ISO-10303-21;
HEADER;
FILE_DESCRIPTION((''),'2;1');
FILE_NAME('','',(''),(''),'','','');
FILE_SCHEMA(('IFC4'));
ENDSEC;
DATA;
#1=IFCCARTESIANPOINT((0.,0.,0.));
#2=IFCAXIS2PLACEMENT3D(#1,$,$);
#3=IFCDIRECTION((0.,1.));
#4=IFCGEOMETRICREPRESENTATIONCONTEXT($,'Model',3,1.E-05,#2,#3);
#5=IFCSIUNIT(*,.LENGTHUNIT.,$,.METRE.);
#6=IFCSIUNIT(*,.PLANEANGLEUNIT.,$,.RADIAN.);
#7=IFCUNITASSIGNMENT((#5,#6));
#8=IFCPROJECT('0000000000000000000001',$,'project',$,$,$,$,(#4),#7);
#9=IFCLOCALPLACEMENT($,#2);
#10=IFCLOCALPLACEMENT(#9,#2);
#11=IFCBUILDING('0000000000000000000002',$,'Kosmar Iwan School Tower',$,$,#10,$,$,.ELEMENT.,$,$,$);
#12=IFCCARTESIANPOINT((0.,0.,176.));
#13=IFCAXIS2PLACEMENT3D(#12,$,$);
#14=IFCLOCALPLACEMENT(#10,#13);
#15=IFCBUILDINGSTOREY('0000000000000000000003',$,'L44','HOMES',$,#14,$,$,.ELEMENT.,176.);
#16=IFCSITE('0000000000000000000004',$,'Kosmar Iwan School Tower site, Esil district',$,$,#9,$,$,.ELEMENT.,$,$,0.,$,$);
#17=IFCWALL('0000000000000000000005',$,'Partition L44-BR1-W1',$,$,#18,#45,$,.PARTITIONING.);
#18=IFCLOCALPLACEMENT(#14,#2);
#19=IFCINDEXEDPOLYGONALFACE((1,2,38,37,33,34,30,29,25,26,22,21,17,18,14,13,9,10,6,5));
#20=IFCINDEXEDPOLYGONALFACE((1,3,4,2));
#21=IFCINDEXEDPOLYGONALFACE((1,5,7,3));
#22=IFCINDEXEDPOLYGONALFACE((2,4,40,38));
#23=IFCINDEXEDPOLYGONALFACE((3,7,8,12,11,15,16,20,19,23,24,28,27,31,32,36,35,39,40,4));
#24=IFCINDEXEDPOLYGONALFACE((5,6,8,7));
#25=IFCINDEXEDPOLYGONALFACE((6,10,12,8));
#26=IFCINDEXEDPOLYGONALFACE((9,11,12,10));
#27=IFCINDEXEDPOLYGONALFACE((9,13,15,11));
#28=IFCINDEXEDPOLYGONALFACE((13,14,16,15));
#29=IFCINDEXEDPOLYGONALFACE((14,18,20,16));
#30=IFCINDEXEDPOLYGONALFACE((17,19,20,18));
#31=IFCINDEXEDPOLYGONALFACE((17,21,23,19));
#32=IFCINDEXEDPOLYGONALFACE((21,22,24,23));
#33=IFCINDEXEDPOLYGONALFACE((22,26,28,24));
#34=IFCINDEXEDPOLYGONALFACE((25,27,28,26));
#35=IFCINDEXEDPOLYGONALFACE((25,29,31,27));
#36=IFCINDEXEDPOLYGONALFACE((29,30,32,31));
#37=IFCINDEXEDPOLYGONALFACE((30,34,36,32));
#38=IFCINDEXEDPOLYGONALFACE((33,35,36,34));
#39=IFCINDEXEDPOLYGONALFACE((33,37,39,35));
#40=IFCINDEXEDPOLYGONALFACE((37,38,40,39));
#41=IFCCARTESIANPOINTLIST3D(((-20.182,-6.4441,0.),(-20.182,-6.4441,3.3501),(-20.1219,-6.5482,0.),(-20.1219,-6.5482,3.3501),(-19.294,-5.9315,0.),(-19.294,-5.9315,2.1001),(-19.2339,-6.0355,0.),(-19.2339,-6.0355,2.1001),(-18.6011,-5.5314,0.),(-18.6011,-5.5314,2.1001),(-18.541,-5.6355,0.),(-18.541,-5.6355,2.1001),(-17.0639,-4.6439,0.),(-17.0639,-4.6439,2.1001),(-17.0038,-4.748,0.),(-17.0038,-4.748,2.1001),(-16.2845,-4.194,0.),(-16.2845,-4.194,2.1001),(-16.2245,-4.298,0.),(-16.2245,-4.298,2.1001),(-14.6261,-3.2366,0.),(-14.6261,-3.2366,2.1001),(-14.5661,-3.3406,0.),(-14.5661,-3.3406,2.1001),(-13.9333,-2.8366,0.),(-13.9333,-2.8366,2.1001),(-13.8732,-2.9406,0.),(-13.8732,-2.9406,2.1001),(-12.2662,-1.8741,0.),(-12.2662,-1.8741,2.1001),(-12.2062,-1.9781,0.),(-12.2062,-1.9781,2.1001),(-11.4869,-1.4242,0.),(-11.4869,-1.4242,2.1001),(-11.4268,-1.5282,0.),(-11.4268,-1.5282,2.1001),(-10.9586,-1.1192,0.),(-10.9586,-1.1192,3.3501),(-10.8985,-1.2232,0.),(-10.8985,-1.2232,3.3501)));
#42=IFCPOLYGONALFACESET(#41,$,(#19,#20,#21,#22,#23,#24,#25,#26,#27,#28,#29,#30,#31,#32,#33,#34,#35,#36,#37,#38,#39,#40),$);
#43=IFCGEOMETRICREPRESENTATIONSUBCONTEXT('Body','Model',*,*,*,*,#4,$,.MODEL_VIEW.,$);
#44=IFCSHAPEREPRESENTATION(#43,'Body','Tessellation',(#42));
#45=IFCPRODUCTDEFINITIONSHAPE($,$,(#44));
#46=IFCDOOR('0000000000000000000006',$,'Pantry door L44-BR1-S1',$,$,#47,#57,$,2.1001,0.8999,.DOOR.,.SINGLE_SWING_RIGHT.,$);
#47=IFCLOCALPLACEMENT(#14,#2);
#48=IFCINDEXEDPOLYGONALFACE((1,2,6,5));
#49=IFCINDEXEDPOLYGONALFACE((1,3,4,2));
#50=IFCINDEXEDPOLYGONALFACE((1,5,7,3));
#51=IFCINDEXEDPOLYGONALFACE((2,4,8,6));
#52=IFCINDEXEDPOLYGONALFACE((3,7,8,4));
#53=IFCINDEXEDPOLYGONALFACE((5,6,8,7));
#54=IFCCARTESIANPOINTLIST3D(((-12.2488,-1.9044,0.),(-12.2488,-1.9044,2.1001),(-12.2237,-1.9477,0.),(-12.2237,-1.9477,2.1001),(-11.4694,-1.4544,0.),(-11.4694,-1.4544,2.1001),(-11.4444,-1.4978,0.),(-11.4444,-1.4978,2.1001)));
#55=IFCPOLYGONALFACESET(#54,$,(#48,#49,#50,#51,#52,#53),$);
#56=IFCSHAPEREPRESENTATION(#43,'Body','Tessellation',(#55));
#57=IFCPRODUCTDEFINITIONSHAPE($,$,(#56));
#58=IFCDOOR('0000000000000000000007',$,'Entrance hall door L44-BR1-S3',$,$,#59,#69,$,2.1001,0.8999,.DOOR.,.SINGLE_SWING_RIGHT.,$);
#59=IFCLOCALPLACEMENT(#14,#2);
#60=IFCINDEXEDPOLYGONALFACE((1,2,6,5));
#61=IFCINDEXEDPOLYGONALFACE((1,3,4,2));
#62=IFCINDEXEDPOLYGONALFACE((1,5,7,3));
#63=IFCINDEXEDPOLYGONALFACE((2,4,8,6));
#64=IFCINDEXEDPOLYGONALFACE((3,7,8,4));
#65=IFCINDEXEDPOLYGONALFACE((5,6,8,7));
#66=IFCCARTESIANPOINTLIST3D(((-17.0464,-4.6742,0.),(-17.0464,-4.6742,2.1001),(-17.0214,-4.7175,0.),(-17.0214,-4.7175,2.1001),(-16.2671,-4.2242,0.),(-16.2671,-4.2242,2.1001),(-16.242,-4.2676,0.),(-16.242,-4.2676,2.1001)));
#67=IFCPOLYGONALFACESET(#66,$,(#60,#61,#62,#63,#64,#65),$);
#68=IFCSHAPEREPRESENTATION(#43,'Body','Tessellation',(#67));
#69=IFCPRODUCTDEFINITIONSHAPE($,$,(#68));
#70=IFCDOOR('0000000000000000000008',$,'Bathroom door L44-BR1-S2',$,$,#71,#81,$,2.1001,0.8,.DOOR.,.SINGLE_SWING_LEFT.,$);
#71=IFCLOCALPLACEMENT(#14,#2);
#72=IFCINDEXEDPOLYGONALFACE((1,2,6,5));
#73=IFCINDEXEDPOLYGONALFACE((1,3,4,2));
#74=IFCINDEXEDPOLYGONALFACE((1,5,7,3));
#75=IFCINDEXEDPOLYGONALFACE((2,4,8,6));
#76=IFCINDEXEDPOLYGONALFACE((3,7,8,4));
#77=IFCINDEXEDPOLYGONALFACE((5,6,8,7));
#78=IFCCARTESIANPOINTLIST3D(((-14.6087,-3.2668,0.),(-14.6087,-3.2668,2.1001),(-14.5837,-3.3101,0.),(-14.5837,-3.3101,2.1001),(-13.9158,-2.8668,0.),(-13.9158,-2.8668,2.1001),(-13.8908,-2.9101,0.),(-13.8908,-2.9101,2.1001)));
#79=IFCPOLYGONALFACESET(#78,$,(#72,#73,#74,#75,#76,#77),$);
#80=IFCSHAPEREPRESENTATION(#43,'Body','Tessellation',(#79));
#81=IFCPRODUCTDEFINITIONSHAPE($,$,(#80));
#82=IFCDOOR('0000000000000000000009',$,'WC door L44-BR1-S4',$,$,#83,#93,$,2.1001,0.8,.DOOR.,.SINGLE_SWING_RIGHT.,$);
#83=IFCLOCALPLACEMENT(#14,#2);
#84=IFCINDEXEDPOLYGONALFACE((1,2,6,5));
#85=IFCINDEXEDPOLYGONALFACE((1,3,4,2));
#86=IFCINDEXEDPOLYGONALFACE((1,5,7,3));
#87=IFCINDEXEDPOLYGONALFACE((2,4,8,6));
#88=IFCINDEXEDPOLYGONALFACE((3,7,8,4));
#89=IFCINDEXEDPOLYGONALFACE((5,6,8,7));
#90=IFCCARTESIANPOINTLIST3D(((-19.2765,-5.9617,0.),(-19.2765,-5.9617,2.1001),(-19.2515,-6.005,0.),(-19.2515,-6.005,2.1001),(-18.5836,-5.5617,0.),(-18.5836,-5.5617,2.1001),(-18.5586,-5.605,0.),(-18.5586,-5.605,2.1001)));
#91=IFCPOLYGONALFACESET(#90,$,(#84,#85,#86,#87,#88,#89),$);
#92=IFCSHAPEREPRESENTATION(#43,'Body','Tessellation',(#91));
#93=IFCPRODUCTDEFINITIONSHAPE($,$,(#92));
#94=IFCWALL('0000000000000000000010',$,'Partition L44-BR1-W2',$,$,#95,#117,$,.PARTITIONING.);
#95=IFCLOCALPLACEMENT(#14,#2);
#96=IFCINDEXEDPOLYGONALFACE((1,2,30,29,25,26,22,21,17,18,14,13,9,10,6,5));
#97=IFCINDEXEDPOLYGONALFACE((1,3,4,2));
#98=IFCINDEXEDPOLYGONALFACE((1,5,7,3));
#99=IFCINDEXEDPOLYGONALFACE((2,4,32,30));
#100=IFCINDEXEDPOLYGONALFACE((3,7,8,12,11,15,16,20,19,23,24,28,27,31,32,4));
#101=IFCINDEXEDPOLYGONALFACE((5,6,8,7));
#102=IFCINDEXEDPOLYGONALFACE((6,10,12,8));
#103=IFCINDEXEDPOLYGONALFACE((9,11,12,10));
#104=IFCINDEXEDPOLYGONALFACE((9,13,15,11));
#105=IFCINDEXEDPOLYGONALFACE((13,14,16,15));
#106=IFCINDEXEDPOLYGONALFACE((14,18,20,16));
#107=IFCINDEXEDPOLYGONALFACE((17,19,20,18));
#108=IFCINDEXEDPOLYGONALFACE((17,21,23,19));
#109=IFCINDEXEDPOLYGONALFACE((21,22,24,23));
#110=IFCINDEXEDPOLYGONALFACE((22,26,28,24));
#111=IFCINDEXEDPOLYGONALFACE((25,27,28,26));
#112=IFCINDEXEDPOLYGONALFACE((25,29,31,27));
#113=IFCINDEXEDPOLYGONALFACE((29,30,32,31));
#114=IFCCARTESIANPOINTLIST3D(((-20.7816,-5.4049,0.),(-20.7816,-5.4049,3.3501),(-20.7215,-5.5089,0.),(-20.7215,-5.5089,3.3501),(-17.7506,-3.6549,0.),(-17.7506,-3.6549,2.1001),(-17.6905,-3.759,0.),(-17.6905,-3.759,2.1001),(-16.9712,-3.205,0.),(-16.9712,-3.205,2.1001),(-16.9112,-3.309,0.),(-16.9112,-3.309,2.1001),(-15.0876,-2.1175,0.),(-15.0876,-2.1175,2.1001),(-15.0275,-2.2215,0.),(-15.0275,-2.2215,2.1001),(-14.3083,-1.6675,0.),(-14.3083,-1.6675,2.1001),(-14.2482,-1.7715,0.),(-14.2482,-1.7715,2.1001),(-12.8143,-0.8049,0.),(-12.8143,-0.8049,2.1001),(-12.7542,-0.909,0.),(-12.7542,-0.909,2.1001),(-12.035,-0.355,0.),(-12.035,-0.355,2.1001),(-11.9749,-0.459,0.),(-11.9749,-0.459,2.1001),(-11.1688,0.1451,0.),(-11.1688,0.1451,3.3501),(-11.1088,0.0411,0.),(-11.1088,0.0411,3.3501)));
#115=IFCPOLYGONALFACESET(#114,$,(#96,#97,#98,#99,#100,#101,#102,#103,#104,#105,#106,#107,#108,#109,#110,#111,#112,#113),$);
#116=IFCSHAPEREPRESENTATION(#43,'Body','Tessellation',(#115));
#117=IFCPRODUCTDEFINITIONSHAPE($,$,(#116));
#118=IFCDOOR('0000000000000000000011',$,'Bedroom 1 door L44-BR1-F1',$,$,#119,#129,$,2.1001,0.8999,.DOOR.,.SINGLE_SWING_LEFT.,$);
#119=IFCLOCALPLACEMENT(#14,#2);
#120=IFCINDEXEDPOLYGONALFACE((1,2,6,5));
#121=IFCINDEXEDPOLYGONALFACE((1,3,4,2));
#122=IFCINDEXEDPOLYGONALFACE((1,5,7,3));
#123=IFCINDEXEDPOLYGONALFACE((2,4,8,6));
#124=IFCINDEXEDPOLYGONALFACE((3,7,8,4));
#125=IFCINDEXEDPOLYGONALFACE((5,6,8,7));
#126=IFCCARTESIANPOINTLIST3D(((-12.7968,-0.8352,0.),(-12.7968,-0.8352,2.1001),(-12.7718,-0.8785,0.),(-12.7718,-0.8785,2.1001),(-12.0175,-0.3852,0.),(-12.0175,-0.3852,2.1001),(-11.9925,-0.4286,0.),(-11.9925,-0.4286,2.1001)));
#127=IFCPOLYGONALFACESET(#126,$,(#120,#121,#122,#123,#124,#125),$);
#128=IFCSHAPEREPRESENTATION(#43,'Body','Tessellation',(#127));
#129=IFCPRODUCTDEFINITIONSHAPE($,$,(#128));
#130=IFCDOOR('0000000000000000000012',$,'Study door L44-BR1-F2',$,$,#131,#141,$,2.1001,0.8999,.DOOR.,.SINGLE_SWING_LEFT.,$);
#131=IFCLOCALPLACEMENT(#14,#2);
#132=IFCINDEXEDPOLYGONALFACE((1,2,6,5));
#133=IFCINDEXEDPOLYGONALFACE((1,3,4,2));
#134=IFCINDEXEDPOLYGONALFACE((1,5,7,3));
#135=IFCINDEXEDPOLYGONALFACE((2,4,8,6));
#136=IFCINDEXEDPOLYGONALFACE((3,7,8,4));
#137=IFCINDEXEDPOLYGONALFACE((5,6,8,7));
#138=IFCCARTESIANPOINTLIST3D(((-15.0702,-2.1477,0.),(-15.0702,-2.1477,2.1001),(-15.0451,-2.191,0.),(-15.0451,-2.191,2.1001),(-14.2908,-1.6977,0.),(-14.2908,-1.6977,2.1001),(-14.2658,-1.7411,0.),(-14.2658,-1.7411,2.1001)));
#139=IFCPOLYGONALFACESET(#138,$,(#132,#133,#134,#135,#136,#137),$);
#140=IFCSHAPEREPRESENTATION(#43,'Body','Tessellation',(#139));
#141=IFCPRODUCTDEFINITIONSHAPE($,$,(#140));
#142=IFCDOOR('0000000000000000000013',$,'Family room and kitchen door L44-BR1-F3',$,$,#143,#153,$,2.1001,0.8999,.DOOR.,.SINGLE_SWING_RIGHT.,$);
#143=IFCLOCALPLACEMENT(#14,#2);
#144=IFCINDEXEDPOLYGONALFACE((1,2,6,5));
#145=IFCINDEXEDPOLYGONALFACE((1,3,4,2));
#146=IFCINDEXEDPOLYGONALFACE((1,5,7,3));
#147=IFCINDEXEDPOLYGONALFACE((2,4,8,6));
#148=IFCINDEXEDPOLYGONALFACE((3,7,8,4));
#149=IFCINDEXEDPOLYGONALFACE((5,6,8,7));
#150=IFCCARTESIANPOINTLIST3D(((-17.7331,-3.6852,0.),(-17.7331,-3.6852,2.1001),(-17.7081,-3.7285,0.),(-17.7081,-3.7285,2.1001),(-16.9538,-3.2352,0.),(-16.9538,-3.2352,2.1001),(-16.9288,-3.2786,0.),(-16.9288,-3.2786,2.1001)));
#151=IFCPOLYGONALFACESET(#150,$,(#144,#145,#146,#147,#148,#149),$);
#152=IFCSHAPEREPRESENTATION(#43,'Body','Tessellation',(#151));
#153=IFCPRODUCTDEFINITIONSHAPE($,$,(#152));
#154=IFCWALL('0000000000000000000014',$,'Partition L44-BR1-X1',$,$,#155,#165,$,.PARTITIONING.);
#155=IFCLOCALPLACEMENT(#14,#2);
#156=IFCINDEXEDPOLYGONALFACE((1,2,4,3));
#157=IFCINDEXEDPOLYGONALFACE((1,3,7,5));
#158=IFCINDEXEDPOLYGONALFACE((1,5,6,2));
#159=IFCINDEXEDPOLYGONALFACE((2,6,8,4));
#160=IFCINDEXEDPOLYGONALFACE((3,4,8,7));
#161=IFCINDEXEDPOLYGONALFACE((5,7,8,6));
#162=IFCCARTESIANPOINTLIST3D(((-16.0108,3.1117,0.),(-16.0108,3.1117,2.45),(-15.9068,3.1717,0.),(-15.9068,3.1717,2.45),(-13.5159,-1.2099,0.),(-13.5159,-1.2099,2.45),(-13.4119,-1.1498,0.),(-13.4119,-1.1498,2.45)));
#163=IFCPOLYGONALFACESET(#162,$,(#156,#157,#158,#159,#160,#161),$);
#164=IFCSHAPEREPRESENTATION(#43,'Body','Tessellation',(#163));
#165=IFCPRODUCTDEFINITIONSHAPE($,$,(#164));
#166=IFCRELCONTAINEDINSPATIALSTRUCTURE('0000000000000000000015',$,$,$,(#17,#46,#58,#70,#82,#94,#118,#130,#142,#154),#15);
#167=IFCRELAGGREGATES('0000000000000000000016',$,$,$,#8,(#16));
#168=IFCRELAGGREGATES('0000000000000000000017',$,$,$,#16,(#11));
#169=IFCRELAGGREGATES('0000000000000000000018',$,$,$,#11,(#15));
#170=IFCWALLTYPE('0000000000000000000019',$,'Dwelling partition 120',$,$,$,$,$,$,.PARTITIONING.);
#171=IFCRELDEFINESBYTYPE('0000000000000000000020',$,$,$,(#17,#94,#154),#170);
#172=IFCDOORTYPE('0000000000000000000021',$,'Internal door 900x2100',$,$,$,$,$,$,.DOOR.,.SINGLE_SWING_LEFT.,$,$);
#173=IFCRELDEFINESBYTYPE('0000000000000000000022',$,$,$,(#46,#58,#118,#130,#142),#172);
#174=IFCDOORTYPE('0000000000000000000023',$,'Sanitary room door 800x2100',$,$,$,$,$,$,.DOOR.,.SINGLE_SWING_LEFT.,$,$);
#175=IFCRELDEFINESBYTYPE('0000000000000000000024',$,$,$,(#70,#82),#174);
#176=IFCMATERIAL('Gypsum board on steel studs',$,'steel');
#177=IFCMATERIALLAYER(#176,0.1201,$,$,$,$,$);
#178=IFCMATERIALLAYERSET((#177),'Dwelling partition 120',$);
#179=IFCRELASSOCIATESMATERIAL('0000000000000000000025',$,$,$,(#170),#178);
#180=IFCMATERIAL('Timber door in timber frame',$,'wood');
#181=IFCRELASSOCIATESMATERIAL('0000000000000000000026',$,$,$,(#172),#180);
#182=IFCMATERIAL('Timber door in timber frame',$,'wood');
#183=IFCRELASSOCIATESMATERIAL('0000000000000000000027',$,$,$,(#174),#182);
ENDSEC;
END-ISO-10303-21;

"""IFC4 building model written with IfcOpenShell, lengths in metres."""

from ifc_helpers import new_model, si_unit, direction, frame, frame_2d, origin, place, context, subcontext, project, spatial, rectangle, extrude, material, layer, layer_set, type_object, element, fill, save


model = new_model("IFC4")

# Units and contexts
model_context = context("Model", 3, precision=1e-05, world=origin(), true_north=direction((0.0, 1.0)))
body_context = subcontext(model_context, "Body", "Model", "MODEL_VIEW")
ifc_project = project(units=[si_unit("LENGTHUNIT", "METRE"), si_unit("PLANEANGLEUNIT", "RADIAN")], contexts=[model_context])

# Site, building, storey
site_placement = place(None, origin())
site = spatial("IfcSite", under=ifc_project, at=site_placement, Name="Kosmar Iwan School Tower site, Esil district", CompositionType="ELEMENT", RefElevation=0.0)
building_placement = place(site_placement, origin())
building = spatial("IfcBuilding", under=site, at=building_placement, Name="Kosmar Iwan School Tower", CompositionType="ELEMENT")
storey_placement = place(building_placement, frame((0.0, 0.0, 176.0)))
storey = spatial("IfcBuildingStorey", under=building, at=storey_placement, Name="L44", Description="HOMES", CompositionType="ELEMENT", Elevation=176.0)

# Walls, openings, doors
ifc_material_1 = material(Name="Gypsum board on steel studs", Category="steel")
ifc_layer_1 = layer(ifc_material_1, 0.1201)
ifc_layer_set_1 = layer_set([ifc_layer_1], Name="Dwelling partition 120")
wall_type_1 = type_object("IfcWallType", Name="Dwelling partition 120", PredefinedType="PARTITIONING", material=ifc_layer_set_1)
wall_1_placement = place(storey_placement, frame((-10.9285, -1.1711, 0.0), z_axis=(0.0, 0.0, 1.0), x_axis=(-0.866033, -0.499988, 0.0)))
wall_1 = element("IfcWall", 1, at=wall_1_placement, inside=storey, type_object=wall_type_1, Name="Partition L44-BR1-W1", PredefinedType="PARTITIONING", context=body_context, shape_type="SweptSolid", body=[
    extrude(rectangle(XDim=10.6501, YDim=0.1201, at=frame_2d((5.3252, 0.0))), origin(), (0.0, 0.0, 1.0), 3.3501),
])
opening_1_placement = place(wall_1_placement, frame((0.6101, 0.0, 0.0)))
opening_1 = element("IfcOpeningElement", 2, at=opening_1_placement, cuts=wall_1, PredefinedType="OPENING", context=body_context, shape_type="SweptSolid", body=[
    extrude(rectangle(XDim=0.8999, YDim=2.1001, at=frame_2d((0.45, 1.05))), frame((0.0, 0.072, 0.0), z_axis=(0.0, -1.0, 0.0), x_axis=(1.0, 0.0, 0.0)), (0.0, 0.0, 1.0), 0.144),
])
opening_2_placement = place(wall_1_placement, frame((3.4351, 0.0, 0.0)))
opening_2 = element("IfcOpeningElement", 3, at=opening_2_placement, cuts=wall_1, PredefinedType="OPENING", context=body_context, shape_type="SweptSolid", body=[
    extrude(rectangle(XDim=0.8, YDim=2.1001, at=frame_2d((0.3999, 1.05))), frame((0.0, 0.072, 0.0), z_axis=(0.0, -1.0, 0.0), x_axis=(1.0, 0.0, 0.0)), (0.0, 0.0, 1.0), 0.144),
])
opening_3_placement = place(wall_1_placement, frame((6.1499, 0.0, 0.0)))
opening_3 = element("IfcOpeningElement", 4, at=opening_3_placement, cuts=wall_1, PredefinedType="OPENING", context=body_context, shape_type="SweptSolid", body=[
    extrude(rectangle(XDim=0.8999, YDim=2.1001, at=frame_2d((0.45, 1.05))), frame((0.0, 0.072, 0.0), z_axis=(0.0, -1.0, 0.0), x_axis=(1.0, 0.0, 0.0)), (0.0, 0.0, 1.0), 0.144),
])
opening_4_placement = place(wall_1_placement, frame((8.825, 0.0, 0.0)))
opening_4 = element("IfcOpeningElement", 5, at=opening_4_placement, cuts=wall_1, PredefinedType="OPENING", context=body_context, shape_type="SweptSolid", body=[
    extrude(rectangle(XDim=0.8, YDim=2.1001, at=frame_2d((0.3999, 1.05))), frame((0.0, 0.072, 0.0), z_axis=(0.0, -1.0, 0.0), x_axis=(1.0, 0.0, 0.0)), (0.0, 0.0, 1.0), 0.144),
])
ifc_material_2 = material(Name="Timber door in timber frame", Category="wood")
door_type_1 = type_object("IfcDoorType", Name="Internal door 900x2100", OperationType="SINGLE_SWING_LEFT", PredefinedType="DOOR", material=ifc_material_2)
door_1_placement = place(opening_1_placement, origin())
door_1 = element("IfcDoor", 6, at=door_1_placement, inside=storey, type_object=door_type_1, Name="Pantry door L44-BR1-S1", OperationType="SINGLE_SWING_RIGHT", OverallHeight=2.1001, OverallWidth=0.8999, PredefinedType="DOOR", context=body_context, shape_type="SweptSolid", body=[
    extrude(rectangle(XDim=0.8999, YDim=2.1001, at=frame_2d((0.45, 1.05))), frame((0.0, 0.0249, 0.0), z_axis=(0.0, -1.0, 0.0), x_axis=(1.0, 0.0, 0.0)), (0.0, 0.0, 1.0), 0.05),
])
fill(opening_1, door_1)
door_2_placement = place(opening_3_placement, origin())
door_2 = element("IfcDoor", 7, at=door_2_placement, inside=storey, type_object=door_type_1, Name="Entrance hall door L44-BR1-S3", OperationType="SINGLE_SWING_RIGHT", OverallHeight=2.1001, OverallWidth=0.8999, PredefinedType="DOOR", context=body_context, shape_type="SweptSolid", body=[
    extrude(rectangle(XDim=0.8999, YDim=2.1001, at=frame_2d((0.45, 1.05))), frame((0.0, 0.0249, 0.0), z_axis=(0.0, -1.0, 0.0), x_axis=(1.0, 0.0, 0.0)), (0.0, 0.0, 1.0), 0.05),
])
fill(opening_3, door_2)
ifc_material_3 = material(Name="Timber door in timber frame", Category="wood")
door_type_2 = type_object("IfcDoorType", Name="Sanitary room door 800x2100", OperationType="SINGLE_SWING_LEFT", PredefinedType="DOOR", material=ifc_material_3)
door_3_placement = place(opening_2_placement, origin())
door_3 = element("IfcDoor", 8, at=door_3_placement, inside=storey, type_object=door_type_2, Name="Bathroom door L44-BR1-S2", OperationType="SINGLE_SWING_LEFT", OverallHeight=2.1001, OverallWidth=0.8, PredefinedType="DOOR", context=body_context, shape_type="SweptSolid", body=[
    extrude(rectangle(XDim=0.8, YDim=2.1001, at=frame_2d((0.3999, 1.05))), frame((0.0, 0.0249, 0.0), z_axis=(0.0, -1.0, 0.0), x_axis=(1.0, 0.0, 0.0)), (0.0, 0.0, 1.0), 0.05),
])
fill(opening_2, door_3)
door_4_placement = place(opening_4_placement, origin())
door_4 = element("IfcDoor", 9, at=door_4_placement, inside=storey, type_object=door_type_2, Name="WC door L44-BR1-S4", OperationType="SINGLE_SWING_RIGHT", OverallHeight=2.1001, OverallWidth=0.8, PredefinedType="DOOR", context=body_context, shape_type="SweptSolid", body=[
    extrude(rectangle(XDim=0.8, YDim=2.1001, at=frame_2d((0.3999, 1.05))), frame((0.0, 0.0249, 0.0), z_axis=(0.0, -1.0, 0.0), x_axis=(1.0, 0.0, 0.0)), (0.0, 0.0, 1.0), 0.05),
])
fill(opening_4, door_4)
wall_2_placement = place(storey_placement, frame((-11.1389, 0.093, 0.0), z_axis=(0.0, 0.0, 1.0), x_axis=(-0.866021, -0.500007, 0.0)))
wall_2 = element("IfcWall", 10, at=wall_2_placement, inside=storey, type_object=wall_type_1, Name="Partition L44-BR1-W2", PredefinedType="PARTITIONING", context=body_context, shape_type="SweptSolid", body=[
    extrude(rectangle(XDim=11.0999, YDim=0.1201, at=frame_2d((5.5498, 0.0))), origin(), (0.0, 0.0, 1.0), 3.3501),
])
opening_5_placement = place(wall_2_placement, frame((1.0, 0.0, 0.0)))
opening_5 = element("IfcOpeningElement", 11, at=opening_5_placement, cuts=wall_2, PredefinedType="OPENING", context=body_context, shape_type="SweptSolid", body=[
    extrude(rectangle(XDim=0.8999, YDim=2.1001, at=frame_2d((0.45, 1.05))), frame((0.0, 0.072, 0.0), z_axis=(0.0, -1.0, 0.0), x_axis=(1.0, 0.0, 0.0)), (0.0, 0.0, 1.0), 0.144),
])
opening_6_placement = place(wall_2_placement, frame((3.625, 0.0, 0.0)))
opening_6 = element("IfcOpeningElement", 12, at=opening_6_placement, cuts=wall_2, PredefinedType="OPENING", context=body_context, shape_type="SweptSolid", body=[
    extrude(rectangle(XDim=0.8999, YDim=2.1001, at=frame_2d((0.45, 1.05))), frame((0.0, 0.072, 0.0), z_axis=(0.0, -1.0, 0.0), x_axis=(1.0, 0.0, 0.0)), (0.0, 0.0, 1.0), 0.144),
])
opening_7_placement = place(wall_2_placement, frame((6.7, 0.0, 0.0)))
opening_7 = element("IfcOpeningElement", 13, at=opening_7_placement, cuts=wall_2, PredefinedType="OPENING", context=body_context, shape_type="SweptSolid", body=[
    extrude(rectangle(XDim=0.8999, YDim=2.1001, at=frame_2d((0.45, 1.05))), frame((0.0, 0.072, 0.0), z_axis=(0.0, -1.0, 0.0), x_axis=(1.0, 0.0, 0.0)), (0.0, 0.0, 1.0), 0.144),
])
door_5_placement = place(opening_5_placement, origin())
door_5 = element("IfcDoor", 14, at=door_5_placement, inside=storey, type_object=door_type_1, Name="Bedroom 1 door L44-BR1-F1", OperationType="SINGLE_SWING_LEFT", OverallHeight=2.1001, OverallWidth=0.8999, PredefinedType="DOOR", context=body_context, shape_type="SweptSolid", body=[
    extrude(rectangle(XDim=0.8999, YDim=2.1001, at=frame_2d((0.45, 1.05))), frame((0.0, 0.0249, 0.0), z_axis=(0.0, -1.0, 0.0), x_axis=(1.0, 0.0, 0.0)), (0.0, 0.0, 1.0), 0.05),
])
fill(opening_5, door_5)
door_6_placement = place(opening_6_placement, origin())
door_6 = element("IfcDoor", 15, at=door_6_placement, inside=storey, type_object=door_type_1, Name="Study door L44-BR1-F2", OperationType="SINGLE_SWING_LEFT", OverallHeight=2.1001, OverallWidth=0.8999, PredefinedType="DOOR", context=body_context, shape_type="SweptSolid", body=[
    extrude(rectangle(XDim=0.8999, YDim=2.1001, at=frame_2d((0.45, 1.05))), frame((0.0, 0.0249, 0.0), z_axis=(0.0, -1.0, 0.0), x_axis=(1.0, 0.0, 0.0)), (0.0, 0.0, 1.0), 0.05),
])
fill(opening_6, door_6)
door_7_placement = place(opening_7_placement, origin())
door_7 = element("IfcDoor", 16, at=door_7_placement, inside=storey, type_object=door_type_1, Name="Family room and kitchen door L44-BR1-F3", OperationType="SINGLE_SWING_RIGHT", OverallHeight=2.1001, OverallWidth=0.8999, PredefinedType="DOOR", context=body_context, shape_type="SweptSolid", body=[
    extrude(rectangle(XDim=0.8999, YDim=2.1001, at=frame_2d((0.45, 1.05))), frame((0.0, 0.0249, 0.0), z_axis=(0.0, -1.0, 0.0), x_axis=(1.0, 0.0, 0.0)), (0.0, 0.0, 1.0), 0.05),
])
fill(opening_7, door_7)

# Wall
wall_3_placement = place(storey_placement, frame((-13.4639, -1.1799, 0.0), z_axis=(0.0, 0.0, 1.0), x_axis=(-0.499975, 0.86604, 0.0)))
element("IfcWall", 17, at=wall_3_placement, inside=storey, type_object=wall_type_1, Name="Partition L44-BR1-X1", PredefinedType="PARTITIONING", context=body_context, shape_type="SweptSolid", body=[
    extrude(rectangle(XDim=4.99, YDim=0.1201, at=frame_2d((2.4951, 0.0))), origin(), (0.0, 0.0, 1.0), 2.45),
])

save(model, "model.ifc")
